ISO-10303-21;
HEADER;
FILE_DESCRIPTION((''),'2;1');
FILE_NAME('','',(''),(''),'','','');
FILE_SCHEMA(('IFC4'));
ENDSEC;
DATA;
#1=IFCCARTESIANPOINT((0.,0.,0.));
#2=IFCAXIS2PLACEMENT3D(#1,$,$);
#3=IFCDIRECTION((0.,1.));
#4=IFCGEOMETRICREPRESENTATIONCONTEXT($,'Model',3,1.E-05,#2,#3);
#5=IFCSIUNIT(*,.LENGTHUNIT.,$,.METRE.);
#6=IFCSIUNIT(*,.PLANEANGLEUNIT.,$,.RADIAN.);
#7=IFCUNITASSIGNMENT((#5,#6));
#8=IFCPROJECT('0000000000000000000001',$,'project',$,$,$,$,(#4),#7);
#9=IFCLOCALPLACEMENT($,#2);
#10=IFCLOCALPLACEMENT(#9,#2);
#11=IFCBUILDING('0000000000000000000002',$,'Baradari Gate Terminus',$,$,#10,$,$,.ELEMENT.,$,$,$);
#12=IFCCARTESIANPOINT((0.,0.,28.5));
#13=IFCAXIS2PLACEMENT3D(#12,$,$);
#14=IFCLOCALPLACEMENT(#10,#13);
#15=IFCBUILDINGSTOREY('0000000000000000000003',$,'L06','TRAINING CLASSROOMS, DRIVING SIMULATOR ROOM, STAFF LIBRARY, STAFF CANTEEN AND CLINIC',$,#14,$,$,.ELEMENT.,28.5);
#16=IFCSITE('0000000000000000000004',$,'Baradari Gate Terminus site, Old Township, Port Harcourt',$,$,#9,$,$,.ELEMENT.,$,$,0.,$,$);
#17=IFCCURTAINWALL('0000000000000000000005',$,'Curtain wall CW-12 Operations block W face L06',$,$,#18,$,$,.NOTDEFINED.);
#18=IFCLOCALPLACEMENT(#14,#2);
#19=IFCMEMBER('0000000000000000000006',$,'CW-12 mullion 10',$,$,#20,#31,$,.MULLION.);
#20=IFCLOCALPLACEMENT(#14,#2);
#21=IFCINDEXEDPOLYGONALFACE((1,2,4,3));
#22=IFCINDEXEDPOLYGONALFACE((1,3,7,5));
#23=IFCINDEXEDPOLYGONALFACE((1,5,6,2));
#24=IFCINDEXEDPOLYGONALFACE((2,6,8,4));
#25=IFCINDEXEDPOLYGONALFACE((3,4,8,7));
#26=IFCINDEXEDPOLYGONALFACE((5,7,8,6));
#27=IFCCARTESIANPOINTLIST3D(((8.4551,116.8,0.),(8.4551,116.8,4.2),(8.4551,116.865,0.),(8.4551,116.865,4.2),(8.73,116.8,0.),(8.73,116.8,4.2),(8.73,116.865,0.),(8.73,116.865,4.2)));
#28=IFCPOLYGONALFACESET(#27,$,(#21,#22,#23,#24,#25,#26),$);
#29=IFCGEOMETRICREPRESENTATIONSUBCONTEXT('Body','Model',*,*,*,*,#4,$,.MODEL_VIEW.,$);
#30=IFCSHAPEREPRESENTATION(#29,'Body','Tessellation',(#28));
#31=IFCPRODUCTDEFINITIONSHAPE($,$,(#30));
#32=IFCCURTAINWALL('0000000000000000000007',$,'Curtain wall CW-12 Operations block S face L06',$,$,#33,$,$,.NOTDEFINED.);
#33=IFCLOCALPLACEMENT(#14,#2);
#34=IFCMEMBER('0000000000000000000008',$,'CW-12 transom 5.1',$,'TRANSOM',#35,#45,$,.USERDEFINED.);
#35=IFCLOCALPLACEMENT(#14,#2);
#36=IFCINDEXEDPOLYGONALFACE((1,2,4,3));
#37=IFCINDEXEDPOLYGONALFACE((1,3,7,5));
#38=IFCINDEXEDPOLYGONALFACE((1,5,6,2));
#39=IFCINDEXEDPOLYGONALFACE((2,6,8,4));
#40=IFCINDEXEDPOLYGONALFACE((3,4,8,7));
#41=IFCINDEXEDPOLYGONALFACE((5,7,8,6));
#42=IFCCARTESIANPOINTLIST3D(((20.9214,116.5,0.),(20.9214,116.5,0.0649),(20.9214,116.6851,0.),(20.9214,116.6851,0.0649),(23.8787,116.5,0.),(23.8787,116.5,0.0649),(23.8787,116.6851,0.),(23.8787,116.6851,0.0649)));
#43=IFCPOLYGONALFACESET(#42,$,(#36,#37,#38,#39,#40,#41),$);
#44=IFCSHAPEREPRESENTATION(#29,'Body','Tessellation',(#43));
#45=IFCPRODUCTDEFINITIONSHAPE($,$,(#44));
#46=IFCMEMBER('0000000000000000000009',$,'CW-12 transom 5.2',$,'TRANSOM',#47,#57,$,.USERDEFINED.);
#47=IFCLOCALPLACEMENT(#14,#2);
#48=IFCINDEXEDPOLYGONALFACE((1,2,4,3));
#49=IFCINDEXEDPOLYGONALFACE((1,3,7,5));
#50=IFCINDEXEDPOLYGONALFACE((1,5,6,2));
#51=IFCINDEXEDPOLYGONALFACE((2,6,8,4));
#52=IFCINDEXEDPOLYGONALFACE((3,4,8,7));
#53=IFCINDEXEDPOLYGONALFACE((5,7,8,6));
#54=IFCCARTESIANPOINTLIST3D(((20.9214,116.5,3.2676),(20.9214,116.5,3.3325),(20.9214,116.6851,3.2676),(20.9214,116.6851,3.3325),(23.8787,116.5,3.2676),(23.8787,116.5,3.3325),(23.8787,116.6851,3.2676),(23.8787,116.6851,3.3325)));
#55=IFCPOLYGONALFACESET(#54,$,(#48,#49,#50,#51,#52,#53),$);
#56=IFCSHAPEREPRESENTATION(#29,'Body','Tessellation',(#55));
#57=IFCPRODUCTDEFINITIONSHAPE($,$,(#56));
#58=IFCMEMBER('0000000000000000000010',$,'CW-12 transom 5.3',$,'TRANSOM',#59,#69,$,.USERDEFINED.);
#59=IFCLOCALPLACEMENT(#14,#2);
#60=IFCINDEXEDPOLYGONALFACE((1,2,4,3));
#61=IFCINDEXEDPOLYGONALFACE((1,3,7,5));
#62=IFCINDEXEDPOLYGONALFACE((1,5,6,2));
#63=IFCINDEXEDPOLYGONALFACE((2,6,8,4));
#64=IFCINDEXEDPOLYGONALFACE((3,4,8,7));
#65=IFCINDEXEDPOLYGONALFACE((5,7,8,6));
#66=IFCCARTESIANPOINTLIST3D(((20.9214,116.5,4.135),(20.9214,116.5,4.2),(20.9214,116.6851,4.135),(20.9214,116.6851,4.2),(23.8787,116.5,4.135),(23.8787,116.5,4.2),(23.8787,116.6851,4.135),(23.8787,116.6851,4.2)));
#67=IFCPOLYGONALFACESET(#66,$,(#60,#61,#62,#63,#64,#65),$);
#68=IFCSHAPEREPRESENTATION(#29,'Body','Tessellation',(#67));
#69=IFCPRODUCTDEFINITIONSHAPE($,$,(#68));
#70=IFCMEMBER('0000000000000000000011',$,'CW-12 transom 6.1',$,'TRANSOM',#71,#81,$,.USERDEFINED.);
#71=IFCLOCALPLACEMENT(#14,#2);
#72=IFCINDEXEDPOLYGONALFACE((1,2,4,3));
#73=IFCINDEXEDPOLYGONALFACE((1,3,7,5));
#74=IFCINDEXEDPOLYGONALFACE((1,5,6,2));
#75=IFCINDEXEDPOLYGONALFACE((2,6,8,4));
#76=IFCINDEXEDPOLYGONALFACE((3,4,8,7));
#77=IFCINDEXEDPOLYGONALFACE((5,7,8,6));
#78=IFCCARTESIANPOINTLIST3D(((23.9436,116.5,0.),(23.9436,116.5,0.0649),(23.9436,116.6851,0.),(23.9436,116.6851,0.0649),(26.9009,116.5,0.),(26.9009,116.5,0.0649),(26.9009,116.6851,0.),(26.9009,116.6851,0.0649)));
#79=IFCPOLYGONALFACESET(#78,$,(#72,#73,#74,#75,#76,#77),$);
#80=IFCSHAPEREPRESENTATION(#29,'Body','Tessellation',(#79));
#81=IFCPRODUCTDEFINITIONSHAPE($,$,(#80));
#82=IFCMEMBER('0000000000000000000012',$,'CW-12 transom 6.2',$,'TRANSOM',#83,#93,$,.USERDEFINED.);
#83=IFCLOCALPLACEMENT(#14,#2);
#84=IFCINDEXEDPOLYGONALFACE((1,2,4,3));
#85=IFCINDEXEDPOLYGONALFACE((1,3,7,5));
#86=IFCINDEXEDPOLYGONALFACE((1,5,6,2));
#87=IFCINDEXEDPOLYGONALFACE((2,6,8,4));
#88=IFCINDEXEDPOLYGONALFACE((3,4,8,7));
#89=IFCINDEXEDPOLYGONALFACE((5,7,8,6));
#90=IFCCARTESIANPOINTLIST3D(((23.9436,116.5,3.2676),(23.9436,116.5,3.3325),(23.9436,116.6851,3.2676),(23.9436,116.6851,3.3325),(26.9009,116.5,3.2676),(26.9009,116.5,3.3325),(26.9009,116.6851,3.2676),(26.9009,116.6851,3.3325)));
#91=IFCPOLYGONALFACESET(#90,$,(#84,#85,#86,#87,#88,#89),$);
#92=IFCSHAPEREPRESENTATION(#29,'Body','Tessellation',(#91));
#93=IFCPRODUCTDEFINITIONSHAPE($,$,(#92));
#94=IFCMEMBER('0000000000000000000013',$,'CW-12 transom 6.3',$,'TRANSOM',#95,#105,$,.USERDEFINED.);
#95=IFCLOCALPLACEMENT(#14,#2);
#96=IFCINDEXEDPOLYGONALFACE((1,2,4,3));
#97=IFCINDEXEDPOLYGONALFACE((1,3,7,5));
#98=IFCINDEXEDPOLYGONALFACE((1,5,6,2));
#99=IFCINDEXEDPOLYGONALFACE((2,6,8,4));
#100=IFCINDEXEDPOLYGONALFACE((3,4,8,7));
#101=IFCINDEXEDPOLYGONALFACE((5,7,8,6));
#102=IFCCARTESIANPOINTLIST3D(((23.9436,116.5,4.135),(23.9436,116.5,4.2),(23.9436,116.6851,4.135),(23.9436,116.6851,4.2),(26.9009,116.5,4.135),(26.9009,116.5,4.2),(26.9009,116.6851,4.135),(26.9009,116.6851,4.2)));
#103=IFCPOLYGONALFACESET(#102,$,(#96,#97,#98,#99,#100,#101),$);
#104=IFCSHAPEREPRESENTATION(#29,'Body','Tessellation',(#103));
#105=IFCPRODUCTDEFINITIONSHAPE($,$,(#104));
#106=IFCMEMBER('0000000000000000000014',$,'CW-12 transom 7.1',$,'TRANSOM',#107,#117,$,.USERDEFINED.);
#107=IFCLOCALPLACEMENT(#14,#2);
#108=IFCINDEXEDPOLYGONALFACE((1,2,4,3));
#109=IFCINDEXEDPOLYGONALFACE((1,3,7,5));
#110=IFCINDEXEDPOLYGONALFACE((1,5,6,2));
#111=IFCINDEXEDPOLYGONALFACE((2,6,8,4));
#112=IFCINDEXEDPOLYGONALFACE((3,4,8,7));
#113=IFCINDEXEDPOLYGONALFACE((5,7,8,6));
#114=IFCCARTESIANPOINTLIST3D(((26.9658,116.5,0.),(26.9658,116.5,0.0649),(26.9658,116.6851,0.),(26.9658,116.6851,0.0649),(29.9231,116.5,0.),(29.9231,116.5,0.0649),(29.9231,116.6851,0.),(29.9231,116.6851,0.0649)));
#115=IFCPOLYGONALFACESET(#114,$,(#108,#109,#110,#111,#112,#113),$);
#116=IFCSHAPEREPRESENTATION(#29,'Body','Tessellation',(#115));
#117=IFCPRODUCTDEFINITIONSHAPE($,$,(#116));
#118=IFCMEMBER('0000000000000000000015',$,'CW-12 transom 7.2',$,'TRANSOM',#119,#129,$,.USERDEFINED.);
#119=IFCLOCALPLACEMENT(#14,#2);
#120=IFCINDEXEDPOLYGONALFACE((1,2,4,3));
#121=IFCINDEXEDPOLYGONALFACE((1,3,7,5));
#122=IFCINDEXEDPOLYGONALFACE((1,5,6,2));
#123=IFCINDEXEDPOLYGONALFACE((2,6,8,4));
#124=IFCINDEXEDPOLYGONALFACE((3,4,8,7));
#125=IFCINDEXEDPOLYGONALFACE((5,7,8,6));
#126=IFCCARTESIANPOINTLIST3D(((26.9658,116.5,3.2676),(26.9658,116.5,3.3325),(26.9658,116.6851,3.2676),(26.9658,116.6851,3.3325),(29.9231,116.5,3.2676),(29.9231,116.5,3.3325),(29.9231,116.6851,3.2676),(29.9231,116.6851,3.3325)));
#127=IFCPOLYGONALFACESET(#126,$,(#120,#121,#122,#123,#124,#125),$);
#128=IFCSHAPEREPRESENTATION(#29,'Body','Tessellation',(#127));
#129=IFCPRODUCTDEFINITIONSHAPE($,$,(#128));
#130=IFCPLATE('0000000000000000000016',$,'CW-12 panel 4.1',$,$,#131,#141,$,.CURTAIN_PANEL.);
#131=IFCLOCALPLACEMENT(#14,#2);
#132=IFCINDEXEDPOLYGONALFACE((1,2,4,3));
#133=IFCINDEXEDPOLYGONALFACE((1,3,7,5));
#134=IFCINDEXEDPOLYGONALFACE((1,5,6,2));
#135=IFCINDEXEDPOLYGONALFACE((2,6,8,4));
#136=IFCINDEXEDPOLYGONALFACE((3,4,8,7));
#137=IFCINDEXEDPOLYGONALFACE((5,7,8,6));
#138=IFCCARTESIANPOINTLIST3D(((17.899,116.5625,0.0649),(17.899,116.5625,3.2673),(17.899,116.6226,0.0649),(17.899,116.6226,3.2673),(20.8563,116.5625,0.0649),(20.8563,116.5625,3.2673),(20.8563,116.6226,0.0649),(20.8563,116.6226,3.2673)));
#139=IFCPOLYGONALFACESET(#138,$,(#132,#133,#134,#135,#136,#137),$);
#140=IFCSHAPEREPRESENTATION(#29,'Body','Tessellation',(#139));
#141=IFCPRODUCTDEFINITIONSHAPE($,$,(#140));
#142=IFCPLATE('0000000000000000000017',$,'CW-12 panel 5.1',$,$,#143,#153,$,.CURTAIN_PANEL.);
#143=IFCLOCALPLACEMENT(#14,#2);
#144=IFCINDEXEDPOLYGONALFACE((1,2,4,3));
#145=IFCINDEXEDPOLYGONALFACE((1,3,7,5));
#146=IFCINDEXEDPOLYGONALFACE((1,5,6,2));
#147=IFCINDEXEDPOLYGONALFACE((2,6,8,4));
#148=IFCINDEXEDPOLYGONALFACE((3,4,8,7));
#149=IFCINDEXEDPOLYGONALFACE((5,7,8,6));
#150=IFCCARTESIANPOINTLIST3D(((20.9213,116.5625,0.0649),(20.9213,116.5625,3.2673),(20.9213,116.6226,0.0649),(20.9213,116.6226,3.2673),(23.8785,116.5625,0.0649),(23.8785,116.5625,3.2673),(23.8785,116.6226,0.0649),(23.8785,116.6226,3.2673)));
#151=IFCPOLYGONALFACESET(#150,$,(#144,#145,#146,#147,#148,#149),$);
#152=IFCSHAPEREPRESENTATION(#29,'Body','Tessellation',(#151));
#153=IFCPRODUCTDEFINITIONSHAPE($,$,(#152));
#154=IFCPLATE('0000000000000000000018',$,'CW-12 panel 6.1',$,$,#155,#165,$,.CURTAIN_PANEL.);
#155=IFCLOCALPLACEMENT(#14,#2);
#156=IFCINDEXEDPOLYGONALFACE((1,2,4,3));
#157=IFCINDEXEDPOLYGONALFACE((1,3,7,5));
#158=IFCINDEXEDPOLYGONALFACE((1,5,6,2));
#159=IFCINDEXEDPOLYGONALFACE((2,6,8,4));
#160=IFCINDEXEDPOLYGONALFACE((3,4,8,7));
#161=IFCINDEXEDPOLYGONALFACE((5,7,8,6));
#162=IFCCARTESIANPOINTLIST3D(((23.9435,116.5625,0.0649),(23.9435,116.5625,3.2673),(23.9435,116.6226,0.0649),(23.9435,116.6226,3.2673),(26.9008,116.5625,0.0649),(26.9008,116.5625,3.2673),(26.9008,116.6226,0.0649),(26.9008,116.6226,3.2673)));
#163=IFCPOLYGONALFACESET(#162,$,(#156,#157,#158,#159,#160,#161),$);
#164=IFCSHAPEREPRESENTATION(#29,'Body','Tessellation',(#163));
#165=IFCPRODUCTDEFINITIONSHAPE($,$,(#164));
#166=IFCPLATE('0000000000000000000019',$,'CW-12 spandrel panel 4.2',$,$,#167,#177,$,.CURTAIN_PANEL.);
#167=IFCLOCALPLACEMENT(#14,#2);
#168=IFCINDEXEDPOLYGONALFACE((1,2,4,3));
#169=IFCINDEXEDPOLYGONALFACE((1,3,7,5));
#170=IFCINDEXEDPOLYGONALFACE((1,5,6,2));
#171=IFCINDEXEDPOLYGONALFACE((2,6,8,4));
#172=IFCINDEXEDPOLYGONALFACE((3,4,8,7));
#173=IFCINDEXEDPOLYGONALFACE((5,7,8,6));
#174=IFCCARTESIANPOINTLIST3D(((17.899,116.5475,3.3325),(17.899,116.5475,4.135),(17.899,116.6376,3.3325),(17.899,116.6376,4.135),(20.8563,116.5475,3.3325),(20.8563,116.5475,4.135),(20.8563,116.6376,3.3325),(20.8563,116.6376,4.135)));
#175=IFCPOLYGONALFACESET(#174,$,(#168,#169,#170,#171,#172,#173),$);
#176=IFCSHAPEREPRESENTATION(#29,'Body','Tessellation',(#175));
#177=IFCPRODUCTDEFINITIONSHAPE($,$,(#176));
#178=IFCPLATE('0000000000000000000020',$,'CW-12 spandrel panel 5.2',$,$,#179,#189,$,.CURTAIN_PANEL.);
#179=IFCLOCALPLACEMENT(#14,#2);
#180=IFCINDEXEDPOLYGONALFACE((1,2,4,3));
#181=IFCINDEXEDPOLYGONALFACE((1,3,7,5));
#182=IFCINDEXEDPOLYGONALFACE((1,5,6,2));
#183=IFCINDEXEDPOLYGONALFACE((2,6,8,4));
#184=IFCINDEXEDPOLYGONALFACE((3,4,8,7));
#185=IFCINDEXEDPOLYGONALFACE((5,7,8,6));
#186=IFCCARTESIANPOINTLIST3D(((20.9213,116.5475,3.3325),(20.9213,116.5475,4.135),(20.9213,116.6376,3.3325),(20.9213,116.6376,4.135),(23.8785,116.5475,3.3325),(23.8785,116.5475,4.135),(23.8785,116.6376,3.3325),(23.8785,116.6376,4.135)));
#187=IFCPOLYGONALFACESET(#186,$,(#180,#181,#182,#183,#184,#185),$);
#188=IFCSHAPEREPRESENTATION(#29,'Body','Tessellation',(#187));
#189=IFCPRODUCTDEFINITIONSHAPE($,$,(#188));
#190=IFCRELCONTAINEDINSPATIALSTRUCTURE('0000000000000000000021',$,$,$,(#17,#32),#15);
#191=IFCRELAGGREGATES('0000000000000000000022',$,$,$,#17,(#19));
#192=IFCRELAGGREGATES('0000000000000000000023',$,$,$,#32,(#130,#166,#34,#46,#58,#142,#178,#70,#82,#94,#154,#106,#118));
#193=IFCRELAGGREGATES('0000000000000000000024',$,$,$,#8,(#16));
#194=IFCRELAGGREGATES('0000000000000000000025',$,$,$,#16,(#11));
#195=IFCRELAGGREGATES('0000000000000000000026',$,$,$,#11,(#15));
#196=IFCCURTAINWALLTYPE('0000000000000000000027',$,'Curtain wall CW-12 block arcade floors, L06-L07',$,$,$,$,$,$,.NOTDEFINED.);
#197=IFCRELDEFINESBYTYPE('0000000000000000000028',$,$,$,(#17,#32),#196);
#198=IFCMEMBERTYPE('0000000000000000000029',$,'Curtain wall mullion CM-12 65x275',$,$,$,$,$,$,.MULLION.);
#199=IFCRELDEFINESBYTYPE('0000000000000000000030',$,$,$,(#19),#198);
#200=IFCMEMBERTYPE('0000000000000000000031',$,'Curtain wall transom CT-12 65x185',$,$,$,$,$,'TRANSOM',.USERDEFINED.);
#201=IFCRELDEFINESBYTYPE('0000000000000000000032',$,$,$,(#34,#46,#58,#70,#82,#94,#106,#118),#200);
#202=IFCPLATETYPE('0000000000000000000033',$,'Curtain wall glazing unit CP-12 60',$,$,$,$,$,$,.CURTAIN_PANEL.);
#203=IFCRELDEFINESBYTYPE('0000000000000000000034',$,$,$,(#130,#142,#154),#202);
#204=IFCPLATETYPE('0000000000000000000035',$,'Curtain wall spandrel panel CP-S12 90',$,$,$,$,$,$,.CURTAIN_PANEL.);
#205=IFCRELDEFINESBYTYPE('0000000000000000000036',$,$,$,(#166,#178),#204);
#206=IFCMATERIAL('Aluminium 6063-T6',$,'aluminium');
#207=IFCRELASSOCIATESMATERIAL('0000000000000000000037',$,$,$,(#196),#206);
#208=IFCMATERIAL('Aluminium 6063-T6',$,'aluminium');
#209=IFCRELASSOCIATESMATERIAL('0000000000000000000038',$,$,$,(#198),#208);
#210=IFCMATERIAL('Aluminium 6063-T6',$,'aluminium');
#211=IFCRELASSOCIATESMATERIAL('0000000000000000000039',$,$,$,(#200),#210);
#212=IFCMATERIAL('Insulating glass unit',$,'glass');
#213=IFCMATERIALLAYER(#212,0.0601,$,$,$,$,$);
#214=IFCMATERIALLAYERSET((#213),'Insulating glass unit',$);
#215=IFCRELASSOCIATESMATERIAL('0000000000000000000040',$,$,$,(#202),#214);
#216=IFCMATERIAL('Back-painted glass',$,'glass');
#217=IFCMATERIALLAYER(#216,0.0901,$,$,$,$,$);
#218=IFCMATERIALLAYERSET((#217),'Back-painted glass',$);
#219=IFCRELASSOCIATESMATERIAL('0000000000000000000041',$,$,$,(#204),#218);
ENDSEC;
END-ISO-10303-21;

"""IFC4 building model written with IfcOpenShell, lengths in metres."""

from ifc_helpers import new_model, si_unit, direction, frame, origin, origin_2d, place, context, subcontext, project, spatial, rectangle, extrude, material, layer, layer_set, material_profile, profile_set, type_object, element, aggregate, save


model = new_model("IFC4")

# Units and contexts
model_context = context("Model", 3, precision=1e-05, world=origin(), true_north=direction((0.0, 1.0)))
body_context = subcontext(model_context, "Body", "Model", "MODEL_VIEW")
ifc_project = project(units=[si_unit("LENGTHUNIT", "METRE"), si_unit("PLANEANGLEUNIT", "RADIAN")], contexts=[model_context])

# Site, building, storey
site_placement = place(None, origin())
site = spatial("IfcSite", under=ifc_project, at=site_placement, Name="Baradari Gate Terminus site, Old Township, Port Harcourt", CompositionType="ELEMENT", RefElevation=0.0)
building_placement = place(site_placement, origin())
building = spatial("IfcBuilding", under=site, at=building_placement, Name="Baradari Gate Terminus", CompositionType="ELEMENT")
storey_placement = place(building_placement, frame((0.0, 0.0, 28.5)))
storey = spatial("IfcBuildingStorey", under=building, at=storey_placement, Name="L06", Description="TRAINING CLASSROOMS, DRIVING SIMULATOR ROOM, STAFF LIBRARY, STAFF CANTEEN AND CLINIC", CompositionType="ELEMENT", Elevation=28.5)

# Curtain wall, member
ifc_material_1 = material(Name="Aluminium 6063-T6", Category="aluminium")
curtain_wall_type = type_object("IfcCurtainWallType", Name="Curtain wall CW-12 block arcade floors, L06-L07", PredefinedType="NOTDEFINED", material=ifc_material_1)
curtain_wall_1_placement = place(storey_placement, origin())
curtain_wall_1 = element("IfcCurtainWall", 1, at=curtain_wall_1_placement, inside=storey, type_object=curtain_wall_type, Name="Curtain wall CW-12 Operations block W face L06", PredefinedType="NOTDEFINED")
ifc_material_2 = material(Name="Aluminium 6063-T6", Category="aluminium")
ifc_material_profile_1 = material_profile(ifc_material_2, rectangle(XDim=0.2749, YDim=0.0649, at=origin_2d()), Name="CM-12 65X275")
ifc_profile_set_1 = profile_set([ifc_material_profile_1], Name="Aluminium 6063-T6")
member_type_1 = type_object("IfcMemberType", Name="Curtain wall mullion CM-12 65x275", PredefinedType="MULLION", material=ifc_profile_set_1)
member_1_placement = place(storey_placement, frame((8.5925, 116.8325, 0.0), z_axis=(0.0, 0.0, 1.0), x_axis=(1.0, 0.0, 0.0)))
member_1 = element("IfcMember", 2, at=member_1_placement, type_object=member_type_1, Name="CW-12 mullion 10", PredefinedType="MULLION", context=body_context, shape_type="SweptSolid", body=[
    extrude(rectangle(XDim=0.2749, YDim=0.0649, at=origin_2d()), origin(), (0.0, 0.0, 1.0), 4.2),
])
aggregate(curtain_wall_1, [member_1])

# Curtain wall, members, plates
curtain_wall_2_placement = place(storey_placement, origin())
curtain_wall_2 = element("IfcCurtainWall", 3, at=curtain_wall_2_placement, inside=storey, type_object=curtain_wall_type, Name="Curtain wall CW-12 Operations block S face L06", PredefinedType="NOTDEFINED")
ifc_material_3 = material(Name="Aluminium 6063-T6", Category="aluminium")
ifc_material_profile_2 = material_profile(ifc_material_3, rectangle(XDim=0.1851, YDim=0.0649, at=origin_2d()), Name="CT-12 65X185")
ifc_profile_set_2 = profile_set([ifc_material_profile_2], Name="Aluminium 6063-T6")
member_type_2 = type_object("IfcMemberType", Name="Curtain wall transom CT-12 65x185", ElementType="TRANSOM", PredefinedType="USERDEFINED", material=ifc_profile_set_2)
member_2_placement = place(storey_placement, frame((20.9214, 116.5925, 0.0325), z_axis=(1.0, 0.0, 0.0), x_axis=(0.0, 1.0, 0.0)))
member_2 = element("IfcMember", 4, at=member_2_placement, type_object=member_type_2, Name="CW-12 transom 5.1", ObjectType="TRANSOM", PredefinedType="USERDEFINED", context=body_context, shape_type="SweptSolid", body=[
    extrude(rectangle(XDim=0.1851, YDim=0.0649, at=origin_2d()), origin(), (0.0, 0.0, 1.0), 2.9573),
])
member_3_placement = place(storey_placement, frame((20.9214, 116.5925, 3.3), z_axis=(1.0, 0.0, 0.0), x_axis=(0.0, 1.0, 0.0)))
member_3 = element("IfcMember", 5, at=member_3_placement, type_object=member_type_2, Name="CW-12 transom 5.2", ObjectType="TRANSOM", PredefinedType="USERDEFINED", context=body_context, shape_type="SweptSolid", body=[
    extrude(rectangle(XDim=0.1851, YDim=0.0649, at=origin_2d()), origin(), (0.0, 0.0, 1.0), 2.9573),
])
member_4_placement = place(storey_placement, frame((20.9214, 116.5925, 4.1675), z_axis=(1.0, 0.0, 0.0), x_axis=(0.0, 1.0, 0.0)))
member_4 = element("IfcMember", 6, at=member_4_placement, type_object=member_type_2, Name="CW-12 transom 5.3", ObjectType="TRANSOM", PredefinedType="USERDEFINED", context=body_context, shape_type="SweptSolid", body=[
    extrude(rectangle(XDim=0.1851, YDim=0.0649, at=origin_2d()), origin(), (0.0, 0.0, 1.0), 2.9573),
])
member_5_placement = place(storey_placement, frame((23.9436, 116.5925, 0.0325), z_axis=(1.0, 0.0, 0.0), x_axis=(0.0, 1.0, 0.0)))
member_5 = element("IfcMember", 7, at=member_5_placement, type_object=member_type_2, Name="CW-12 transom 6.1", ObjectType="TRANSOM", PredefinedType="USERDEFINED", context=body_context, shape_type="SweptSolid", body=[
    extrude(rectangle(XDim=0.1851, YDim=0.0649, at=origin_2d()), origin(), (0.0, 0.0, 1.0), 2.9573),
])
member_6_placement = place(storey_placement, frame((23.9436, 116.5925, 3.3), z_axis=(1.0, 0.0, 0.0), x_axis=(0.0, 1.0, 0.0)))
member_6 = element("IfcMember", 8, at=member_6_placement, type_object=member_type_2, Name="CW-12 transom 6.2", ObjectType="TRANSOM", PredefinedType="USERDEFINED", context=body_context, shape_type="SweptSolid", body=[
    extrude(rectangle(XDim=0.1851, YDim=0.0649, at=origin_2d()), origin(), (0.0, 0.0, 1.0), 2.9573),
])
member_7_placement = place(storey_placement, frame((23.9436, 116.5925, 4.1675), z_axis=(1.0, 0.0, 0.0), x_axis=(0.0, 1.0, 0.0)))
member_7 = element("IfcMember", 9, at=member_7_placement, type_object=member_type_2, Name="CW-12 transom 6.3", ObjectType="TRANSOM", PredefinedType="USERDEFINED", context=body_context, shape_type="SweptSolid", body=[
    extrude(rectangle(XDim=0.1851, YDim=0.0649, at=origin_2d()), origin(), (0.0, 0.0, 1.0), 2.9573),
])
member_8_placement = place(storey_placement, frame((26.9658, 116.5925, 0.0325), z_axis=(1.0, 0.0, 0.0), x_axis=(0.0, 1.0, 0.0)))
member_8 = element("IfcMember", 10, at=member_8_placement, type_object=member_type_2, Name="CW-12 transom 7.1", ObjectType="TRANSOM", PredefinedType="USERDEFINED", context=body_context, shape_type="SweptSolid", body=[
    extrude(rectangle(XDim=0.1851, YDim=0.0649, at=origin_2d()), origin(), (0.0, 0.0, 1.0), 2.9573),
])
member_9_placement = place(storey_placement, frame((26.9658, 116.5925, 3.3), z_axis=(1.0, 0.0, 0.0), x_axis=(0.0, 1.0, 0.0)))
member_9 = element("IfcMember", 11, at=member_9_placement, type_object=member_type_2, Name="CW-12 transom 7.2", ObjectType="TRANSOM", PredefinedType="USERDEFINED", context=body_context, shape_type="SweptSolid", body=[
    extrude(rectangle(XDim=0.1851, YDim=0.0649, at=origin_2d()), origin(), (0.0, 0.0, 1.0), 2.9573),
])
ifc_material_4 = material(Name="Insulating glass unit", Category="glass")
ifc_layer_1 = layer(ifc_material_4, 0.0601)
ifc_layer_set_1 = layer_set([ifc_layer_1], Name="Insulating glass unit")
plate_type_1 = type_object("IfcPlateType", Name="Curtain wall glazing unit CP-12 60", PredefinedType="CURTAIN_PANEL", material=ifc_layer_set_1)
plate_1_placement = place(storey_placement, frame((19.3777, 116.5925, 0.0649), z_axis=(0.0, 0.0, 1.0), x_axis=(1.0, 0.0, 0.0)))
plate_1 = element("IfcPlate", 12, at=plate_1_placement, type_object=plate_type_1, Name="CW-12 panel 4.1", PredefinedType="CURTAIN_PANEL", context=body_context, shape_type="SweptSolid", body=[
    extrude(rectangle(XDim=2.9573, YDim=0.0601, at=origin_2d()), origin(), (0.0, 0.0, 1.0), 3.2024),
])
plate_2_placement = place(storey_placement, frame((22.3999, 116.5925, 0.0649), z_axis=(0.0, 0.0, 1.0), x_axis=(1.0, 0.0, 0.0)))
plate_2 = element("IfcPlate", 13, at=plate_2_placement, type_object=plate_type_1, Name="CW-12 panel 5.1", PredefinedType="CURTAIN_PANEL", context=body_context, shape_type="SweptSolid", body=[
    extrude(rectangle(XDim=2.9573, YDim=0.0601, at=origin_2d()), origin(), (0.0, 0.0, 1.0), 3.2024),
])
plate_3_placement = place(storey_placement, frame((25.4221, 116.5925, 0.0649), z_axis=(0.0, 0.0, 1.0), x_axis=(1.0, 0.0, 0.0)))
plate_3 = element("IfcPlate", 14, at=plate_3_placement, type_object=plate_type_1, Name="CW-12 panel 6.1", PredefinedType="CURTAIN_PANEL", context=body_context, shape_type="SweptSolid", body=[
    extrude(rectangle(XDim=2.9573, YDim=0.0601, at=origin_2d()), origin(), (0.0, 0.0, 1.0), 3.2024),
])
ifc_material_5 = material(Name="Back-painted glass", Category="glass")
ifc_layer_2 = layer(ifc_material_5, 0.0901)
ifc_layer_set_2 = layer_set([ifc_layer_2], Name="Back-painted glass")
plate_type_2 = type_object("IfcPlateType", Name="Curtain wall spandrel panel CP-S12 90", PredefinedType="CURTAIN_PANEL", material=ifc_layer_set_2)
plate_4_placement = place(storey_placement, frame((19.3777, 116.5925, 3.3325), z_axis=(0.0, 0.0, 1.0), x_axis=(1.0, 0.0, 0.0)))
plate_4 = element("IfcPlate", 15, at=plate_4_placement, type_object=plate_type_2, Name="CW-12 spandrel panel 4.2", PredefinedType="CURTAIN_PANEL", context=body_context, shape_type="SweptSolid", body=[
    extrude(rectangle(XDim=2.9573, YDim=0.0901, at=origin_2d()), origin(), (0.0, 0.0, 1.0), 0.8025),
])
plate_5_placement = place(storey_placement, frame((22.3999, 116.5925, 3.3325), z_axis=(0.0, 0.0, 1.0), x_axis=(1.0, 0.0, 0.0)))
plate_5 = element("IfcPlate", 16, at=plate_5_placement, type_object=plate_type_2, Name="CW-12 spandrel panel 5.2", PredefinedType="CURTAIN_PANEL", context=body_context, shape_type="SweptSolid", body=[
    extrude(rectangle(XDim=2.9573, YDim=0.0901, at=origin_2d()), origin(), (0.0, 0.0, 1.0), 0.8025),
])
aggregate(curtain_wall_2, [plate_1, plate_4, member_2, member_3, member_4, plate_2, plate_5, member_5, member_6, member_7, plate_3, member_8, member_9])

save(model, "model.ifc")
